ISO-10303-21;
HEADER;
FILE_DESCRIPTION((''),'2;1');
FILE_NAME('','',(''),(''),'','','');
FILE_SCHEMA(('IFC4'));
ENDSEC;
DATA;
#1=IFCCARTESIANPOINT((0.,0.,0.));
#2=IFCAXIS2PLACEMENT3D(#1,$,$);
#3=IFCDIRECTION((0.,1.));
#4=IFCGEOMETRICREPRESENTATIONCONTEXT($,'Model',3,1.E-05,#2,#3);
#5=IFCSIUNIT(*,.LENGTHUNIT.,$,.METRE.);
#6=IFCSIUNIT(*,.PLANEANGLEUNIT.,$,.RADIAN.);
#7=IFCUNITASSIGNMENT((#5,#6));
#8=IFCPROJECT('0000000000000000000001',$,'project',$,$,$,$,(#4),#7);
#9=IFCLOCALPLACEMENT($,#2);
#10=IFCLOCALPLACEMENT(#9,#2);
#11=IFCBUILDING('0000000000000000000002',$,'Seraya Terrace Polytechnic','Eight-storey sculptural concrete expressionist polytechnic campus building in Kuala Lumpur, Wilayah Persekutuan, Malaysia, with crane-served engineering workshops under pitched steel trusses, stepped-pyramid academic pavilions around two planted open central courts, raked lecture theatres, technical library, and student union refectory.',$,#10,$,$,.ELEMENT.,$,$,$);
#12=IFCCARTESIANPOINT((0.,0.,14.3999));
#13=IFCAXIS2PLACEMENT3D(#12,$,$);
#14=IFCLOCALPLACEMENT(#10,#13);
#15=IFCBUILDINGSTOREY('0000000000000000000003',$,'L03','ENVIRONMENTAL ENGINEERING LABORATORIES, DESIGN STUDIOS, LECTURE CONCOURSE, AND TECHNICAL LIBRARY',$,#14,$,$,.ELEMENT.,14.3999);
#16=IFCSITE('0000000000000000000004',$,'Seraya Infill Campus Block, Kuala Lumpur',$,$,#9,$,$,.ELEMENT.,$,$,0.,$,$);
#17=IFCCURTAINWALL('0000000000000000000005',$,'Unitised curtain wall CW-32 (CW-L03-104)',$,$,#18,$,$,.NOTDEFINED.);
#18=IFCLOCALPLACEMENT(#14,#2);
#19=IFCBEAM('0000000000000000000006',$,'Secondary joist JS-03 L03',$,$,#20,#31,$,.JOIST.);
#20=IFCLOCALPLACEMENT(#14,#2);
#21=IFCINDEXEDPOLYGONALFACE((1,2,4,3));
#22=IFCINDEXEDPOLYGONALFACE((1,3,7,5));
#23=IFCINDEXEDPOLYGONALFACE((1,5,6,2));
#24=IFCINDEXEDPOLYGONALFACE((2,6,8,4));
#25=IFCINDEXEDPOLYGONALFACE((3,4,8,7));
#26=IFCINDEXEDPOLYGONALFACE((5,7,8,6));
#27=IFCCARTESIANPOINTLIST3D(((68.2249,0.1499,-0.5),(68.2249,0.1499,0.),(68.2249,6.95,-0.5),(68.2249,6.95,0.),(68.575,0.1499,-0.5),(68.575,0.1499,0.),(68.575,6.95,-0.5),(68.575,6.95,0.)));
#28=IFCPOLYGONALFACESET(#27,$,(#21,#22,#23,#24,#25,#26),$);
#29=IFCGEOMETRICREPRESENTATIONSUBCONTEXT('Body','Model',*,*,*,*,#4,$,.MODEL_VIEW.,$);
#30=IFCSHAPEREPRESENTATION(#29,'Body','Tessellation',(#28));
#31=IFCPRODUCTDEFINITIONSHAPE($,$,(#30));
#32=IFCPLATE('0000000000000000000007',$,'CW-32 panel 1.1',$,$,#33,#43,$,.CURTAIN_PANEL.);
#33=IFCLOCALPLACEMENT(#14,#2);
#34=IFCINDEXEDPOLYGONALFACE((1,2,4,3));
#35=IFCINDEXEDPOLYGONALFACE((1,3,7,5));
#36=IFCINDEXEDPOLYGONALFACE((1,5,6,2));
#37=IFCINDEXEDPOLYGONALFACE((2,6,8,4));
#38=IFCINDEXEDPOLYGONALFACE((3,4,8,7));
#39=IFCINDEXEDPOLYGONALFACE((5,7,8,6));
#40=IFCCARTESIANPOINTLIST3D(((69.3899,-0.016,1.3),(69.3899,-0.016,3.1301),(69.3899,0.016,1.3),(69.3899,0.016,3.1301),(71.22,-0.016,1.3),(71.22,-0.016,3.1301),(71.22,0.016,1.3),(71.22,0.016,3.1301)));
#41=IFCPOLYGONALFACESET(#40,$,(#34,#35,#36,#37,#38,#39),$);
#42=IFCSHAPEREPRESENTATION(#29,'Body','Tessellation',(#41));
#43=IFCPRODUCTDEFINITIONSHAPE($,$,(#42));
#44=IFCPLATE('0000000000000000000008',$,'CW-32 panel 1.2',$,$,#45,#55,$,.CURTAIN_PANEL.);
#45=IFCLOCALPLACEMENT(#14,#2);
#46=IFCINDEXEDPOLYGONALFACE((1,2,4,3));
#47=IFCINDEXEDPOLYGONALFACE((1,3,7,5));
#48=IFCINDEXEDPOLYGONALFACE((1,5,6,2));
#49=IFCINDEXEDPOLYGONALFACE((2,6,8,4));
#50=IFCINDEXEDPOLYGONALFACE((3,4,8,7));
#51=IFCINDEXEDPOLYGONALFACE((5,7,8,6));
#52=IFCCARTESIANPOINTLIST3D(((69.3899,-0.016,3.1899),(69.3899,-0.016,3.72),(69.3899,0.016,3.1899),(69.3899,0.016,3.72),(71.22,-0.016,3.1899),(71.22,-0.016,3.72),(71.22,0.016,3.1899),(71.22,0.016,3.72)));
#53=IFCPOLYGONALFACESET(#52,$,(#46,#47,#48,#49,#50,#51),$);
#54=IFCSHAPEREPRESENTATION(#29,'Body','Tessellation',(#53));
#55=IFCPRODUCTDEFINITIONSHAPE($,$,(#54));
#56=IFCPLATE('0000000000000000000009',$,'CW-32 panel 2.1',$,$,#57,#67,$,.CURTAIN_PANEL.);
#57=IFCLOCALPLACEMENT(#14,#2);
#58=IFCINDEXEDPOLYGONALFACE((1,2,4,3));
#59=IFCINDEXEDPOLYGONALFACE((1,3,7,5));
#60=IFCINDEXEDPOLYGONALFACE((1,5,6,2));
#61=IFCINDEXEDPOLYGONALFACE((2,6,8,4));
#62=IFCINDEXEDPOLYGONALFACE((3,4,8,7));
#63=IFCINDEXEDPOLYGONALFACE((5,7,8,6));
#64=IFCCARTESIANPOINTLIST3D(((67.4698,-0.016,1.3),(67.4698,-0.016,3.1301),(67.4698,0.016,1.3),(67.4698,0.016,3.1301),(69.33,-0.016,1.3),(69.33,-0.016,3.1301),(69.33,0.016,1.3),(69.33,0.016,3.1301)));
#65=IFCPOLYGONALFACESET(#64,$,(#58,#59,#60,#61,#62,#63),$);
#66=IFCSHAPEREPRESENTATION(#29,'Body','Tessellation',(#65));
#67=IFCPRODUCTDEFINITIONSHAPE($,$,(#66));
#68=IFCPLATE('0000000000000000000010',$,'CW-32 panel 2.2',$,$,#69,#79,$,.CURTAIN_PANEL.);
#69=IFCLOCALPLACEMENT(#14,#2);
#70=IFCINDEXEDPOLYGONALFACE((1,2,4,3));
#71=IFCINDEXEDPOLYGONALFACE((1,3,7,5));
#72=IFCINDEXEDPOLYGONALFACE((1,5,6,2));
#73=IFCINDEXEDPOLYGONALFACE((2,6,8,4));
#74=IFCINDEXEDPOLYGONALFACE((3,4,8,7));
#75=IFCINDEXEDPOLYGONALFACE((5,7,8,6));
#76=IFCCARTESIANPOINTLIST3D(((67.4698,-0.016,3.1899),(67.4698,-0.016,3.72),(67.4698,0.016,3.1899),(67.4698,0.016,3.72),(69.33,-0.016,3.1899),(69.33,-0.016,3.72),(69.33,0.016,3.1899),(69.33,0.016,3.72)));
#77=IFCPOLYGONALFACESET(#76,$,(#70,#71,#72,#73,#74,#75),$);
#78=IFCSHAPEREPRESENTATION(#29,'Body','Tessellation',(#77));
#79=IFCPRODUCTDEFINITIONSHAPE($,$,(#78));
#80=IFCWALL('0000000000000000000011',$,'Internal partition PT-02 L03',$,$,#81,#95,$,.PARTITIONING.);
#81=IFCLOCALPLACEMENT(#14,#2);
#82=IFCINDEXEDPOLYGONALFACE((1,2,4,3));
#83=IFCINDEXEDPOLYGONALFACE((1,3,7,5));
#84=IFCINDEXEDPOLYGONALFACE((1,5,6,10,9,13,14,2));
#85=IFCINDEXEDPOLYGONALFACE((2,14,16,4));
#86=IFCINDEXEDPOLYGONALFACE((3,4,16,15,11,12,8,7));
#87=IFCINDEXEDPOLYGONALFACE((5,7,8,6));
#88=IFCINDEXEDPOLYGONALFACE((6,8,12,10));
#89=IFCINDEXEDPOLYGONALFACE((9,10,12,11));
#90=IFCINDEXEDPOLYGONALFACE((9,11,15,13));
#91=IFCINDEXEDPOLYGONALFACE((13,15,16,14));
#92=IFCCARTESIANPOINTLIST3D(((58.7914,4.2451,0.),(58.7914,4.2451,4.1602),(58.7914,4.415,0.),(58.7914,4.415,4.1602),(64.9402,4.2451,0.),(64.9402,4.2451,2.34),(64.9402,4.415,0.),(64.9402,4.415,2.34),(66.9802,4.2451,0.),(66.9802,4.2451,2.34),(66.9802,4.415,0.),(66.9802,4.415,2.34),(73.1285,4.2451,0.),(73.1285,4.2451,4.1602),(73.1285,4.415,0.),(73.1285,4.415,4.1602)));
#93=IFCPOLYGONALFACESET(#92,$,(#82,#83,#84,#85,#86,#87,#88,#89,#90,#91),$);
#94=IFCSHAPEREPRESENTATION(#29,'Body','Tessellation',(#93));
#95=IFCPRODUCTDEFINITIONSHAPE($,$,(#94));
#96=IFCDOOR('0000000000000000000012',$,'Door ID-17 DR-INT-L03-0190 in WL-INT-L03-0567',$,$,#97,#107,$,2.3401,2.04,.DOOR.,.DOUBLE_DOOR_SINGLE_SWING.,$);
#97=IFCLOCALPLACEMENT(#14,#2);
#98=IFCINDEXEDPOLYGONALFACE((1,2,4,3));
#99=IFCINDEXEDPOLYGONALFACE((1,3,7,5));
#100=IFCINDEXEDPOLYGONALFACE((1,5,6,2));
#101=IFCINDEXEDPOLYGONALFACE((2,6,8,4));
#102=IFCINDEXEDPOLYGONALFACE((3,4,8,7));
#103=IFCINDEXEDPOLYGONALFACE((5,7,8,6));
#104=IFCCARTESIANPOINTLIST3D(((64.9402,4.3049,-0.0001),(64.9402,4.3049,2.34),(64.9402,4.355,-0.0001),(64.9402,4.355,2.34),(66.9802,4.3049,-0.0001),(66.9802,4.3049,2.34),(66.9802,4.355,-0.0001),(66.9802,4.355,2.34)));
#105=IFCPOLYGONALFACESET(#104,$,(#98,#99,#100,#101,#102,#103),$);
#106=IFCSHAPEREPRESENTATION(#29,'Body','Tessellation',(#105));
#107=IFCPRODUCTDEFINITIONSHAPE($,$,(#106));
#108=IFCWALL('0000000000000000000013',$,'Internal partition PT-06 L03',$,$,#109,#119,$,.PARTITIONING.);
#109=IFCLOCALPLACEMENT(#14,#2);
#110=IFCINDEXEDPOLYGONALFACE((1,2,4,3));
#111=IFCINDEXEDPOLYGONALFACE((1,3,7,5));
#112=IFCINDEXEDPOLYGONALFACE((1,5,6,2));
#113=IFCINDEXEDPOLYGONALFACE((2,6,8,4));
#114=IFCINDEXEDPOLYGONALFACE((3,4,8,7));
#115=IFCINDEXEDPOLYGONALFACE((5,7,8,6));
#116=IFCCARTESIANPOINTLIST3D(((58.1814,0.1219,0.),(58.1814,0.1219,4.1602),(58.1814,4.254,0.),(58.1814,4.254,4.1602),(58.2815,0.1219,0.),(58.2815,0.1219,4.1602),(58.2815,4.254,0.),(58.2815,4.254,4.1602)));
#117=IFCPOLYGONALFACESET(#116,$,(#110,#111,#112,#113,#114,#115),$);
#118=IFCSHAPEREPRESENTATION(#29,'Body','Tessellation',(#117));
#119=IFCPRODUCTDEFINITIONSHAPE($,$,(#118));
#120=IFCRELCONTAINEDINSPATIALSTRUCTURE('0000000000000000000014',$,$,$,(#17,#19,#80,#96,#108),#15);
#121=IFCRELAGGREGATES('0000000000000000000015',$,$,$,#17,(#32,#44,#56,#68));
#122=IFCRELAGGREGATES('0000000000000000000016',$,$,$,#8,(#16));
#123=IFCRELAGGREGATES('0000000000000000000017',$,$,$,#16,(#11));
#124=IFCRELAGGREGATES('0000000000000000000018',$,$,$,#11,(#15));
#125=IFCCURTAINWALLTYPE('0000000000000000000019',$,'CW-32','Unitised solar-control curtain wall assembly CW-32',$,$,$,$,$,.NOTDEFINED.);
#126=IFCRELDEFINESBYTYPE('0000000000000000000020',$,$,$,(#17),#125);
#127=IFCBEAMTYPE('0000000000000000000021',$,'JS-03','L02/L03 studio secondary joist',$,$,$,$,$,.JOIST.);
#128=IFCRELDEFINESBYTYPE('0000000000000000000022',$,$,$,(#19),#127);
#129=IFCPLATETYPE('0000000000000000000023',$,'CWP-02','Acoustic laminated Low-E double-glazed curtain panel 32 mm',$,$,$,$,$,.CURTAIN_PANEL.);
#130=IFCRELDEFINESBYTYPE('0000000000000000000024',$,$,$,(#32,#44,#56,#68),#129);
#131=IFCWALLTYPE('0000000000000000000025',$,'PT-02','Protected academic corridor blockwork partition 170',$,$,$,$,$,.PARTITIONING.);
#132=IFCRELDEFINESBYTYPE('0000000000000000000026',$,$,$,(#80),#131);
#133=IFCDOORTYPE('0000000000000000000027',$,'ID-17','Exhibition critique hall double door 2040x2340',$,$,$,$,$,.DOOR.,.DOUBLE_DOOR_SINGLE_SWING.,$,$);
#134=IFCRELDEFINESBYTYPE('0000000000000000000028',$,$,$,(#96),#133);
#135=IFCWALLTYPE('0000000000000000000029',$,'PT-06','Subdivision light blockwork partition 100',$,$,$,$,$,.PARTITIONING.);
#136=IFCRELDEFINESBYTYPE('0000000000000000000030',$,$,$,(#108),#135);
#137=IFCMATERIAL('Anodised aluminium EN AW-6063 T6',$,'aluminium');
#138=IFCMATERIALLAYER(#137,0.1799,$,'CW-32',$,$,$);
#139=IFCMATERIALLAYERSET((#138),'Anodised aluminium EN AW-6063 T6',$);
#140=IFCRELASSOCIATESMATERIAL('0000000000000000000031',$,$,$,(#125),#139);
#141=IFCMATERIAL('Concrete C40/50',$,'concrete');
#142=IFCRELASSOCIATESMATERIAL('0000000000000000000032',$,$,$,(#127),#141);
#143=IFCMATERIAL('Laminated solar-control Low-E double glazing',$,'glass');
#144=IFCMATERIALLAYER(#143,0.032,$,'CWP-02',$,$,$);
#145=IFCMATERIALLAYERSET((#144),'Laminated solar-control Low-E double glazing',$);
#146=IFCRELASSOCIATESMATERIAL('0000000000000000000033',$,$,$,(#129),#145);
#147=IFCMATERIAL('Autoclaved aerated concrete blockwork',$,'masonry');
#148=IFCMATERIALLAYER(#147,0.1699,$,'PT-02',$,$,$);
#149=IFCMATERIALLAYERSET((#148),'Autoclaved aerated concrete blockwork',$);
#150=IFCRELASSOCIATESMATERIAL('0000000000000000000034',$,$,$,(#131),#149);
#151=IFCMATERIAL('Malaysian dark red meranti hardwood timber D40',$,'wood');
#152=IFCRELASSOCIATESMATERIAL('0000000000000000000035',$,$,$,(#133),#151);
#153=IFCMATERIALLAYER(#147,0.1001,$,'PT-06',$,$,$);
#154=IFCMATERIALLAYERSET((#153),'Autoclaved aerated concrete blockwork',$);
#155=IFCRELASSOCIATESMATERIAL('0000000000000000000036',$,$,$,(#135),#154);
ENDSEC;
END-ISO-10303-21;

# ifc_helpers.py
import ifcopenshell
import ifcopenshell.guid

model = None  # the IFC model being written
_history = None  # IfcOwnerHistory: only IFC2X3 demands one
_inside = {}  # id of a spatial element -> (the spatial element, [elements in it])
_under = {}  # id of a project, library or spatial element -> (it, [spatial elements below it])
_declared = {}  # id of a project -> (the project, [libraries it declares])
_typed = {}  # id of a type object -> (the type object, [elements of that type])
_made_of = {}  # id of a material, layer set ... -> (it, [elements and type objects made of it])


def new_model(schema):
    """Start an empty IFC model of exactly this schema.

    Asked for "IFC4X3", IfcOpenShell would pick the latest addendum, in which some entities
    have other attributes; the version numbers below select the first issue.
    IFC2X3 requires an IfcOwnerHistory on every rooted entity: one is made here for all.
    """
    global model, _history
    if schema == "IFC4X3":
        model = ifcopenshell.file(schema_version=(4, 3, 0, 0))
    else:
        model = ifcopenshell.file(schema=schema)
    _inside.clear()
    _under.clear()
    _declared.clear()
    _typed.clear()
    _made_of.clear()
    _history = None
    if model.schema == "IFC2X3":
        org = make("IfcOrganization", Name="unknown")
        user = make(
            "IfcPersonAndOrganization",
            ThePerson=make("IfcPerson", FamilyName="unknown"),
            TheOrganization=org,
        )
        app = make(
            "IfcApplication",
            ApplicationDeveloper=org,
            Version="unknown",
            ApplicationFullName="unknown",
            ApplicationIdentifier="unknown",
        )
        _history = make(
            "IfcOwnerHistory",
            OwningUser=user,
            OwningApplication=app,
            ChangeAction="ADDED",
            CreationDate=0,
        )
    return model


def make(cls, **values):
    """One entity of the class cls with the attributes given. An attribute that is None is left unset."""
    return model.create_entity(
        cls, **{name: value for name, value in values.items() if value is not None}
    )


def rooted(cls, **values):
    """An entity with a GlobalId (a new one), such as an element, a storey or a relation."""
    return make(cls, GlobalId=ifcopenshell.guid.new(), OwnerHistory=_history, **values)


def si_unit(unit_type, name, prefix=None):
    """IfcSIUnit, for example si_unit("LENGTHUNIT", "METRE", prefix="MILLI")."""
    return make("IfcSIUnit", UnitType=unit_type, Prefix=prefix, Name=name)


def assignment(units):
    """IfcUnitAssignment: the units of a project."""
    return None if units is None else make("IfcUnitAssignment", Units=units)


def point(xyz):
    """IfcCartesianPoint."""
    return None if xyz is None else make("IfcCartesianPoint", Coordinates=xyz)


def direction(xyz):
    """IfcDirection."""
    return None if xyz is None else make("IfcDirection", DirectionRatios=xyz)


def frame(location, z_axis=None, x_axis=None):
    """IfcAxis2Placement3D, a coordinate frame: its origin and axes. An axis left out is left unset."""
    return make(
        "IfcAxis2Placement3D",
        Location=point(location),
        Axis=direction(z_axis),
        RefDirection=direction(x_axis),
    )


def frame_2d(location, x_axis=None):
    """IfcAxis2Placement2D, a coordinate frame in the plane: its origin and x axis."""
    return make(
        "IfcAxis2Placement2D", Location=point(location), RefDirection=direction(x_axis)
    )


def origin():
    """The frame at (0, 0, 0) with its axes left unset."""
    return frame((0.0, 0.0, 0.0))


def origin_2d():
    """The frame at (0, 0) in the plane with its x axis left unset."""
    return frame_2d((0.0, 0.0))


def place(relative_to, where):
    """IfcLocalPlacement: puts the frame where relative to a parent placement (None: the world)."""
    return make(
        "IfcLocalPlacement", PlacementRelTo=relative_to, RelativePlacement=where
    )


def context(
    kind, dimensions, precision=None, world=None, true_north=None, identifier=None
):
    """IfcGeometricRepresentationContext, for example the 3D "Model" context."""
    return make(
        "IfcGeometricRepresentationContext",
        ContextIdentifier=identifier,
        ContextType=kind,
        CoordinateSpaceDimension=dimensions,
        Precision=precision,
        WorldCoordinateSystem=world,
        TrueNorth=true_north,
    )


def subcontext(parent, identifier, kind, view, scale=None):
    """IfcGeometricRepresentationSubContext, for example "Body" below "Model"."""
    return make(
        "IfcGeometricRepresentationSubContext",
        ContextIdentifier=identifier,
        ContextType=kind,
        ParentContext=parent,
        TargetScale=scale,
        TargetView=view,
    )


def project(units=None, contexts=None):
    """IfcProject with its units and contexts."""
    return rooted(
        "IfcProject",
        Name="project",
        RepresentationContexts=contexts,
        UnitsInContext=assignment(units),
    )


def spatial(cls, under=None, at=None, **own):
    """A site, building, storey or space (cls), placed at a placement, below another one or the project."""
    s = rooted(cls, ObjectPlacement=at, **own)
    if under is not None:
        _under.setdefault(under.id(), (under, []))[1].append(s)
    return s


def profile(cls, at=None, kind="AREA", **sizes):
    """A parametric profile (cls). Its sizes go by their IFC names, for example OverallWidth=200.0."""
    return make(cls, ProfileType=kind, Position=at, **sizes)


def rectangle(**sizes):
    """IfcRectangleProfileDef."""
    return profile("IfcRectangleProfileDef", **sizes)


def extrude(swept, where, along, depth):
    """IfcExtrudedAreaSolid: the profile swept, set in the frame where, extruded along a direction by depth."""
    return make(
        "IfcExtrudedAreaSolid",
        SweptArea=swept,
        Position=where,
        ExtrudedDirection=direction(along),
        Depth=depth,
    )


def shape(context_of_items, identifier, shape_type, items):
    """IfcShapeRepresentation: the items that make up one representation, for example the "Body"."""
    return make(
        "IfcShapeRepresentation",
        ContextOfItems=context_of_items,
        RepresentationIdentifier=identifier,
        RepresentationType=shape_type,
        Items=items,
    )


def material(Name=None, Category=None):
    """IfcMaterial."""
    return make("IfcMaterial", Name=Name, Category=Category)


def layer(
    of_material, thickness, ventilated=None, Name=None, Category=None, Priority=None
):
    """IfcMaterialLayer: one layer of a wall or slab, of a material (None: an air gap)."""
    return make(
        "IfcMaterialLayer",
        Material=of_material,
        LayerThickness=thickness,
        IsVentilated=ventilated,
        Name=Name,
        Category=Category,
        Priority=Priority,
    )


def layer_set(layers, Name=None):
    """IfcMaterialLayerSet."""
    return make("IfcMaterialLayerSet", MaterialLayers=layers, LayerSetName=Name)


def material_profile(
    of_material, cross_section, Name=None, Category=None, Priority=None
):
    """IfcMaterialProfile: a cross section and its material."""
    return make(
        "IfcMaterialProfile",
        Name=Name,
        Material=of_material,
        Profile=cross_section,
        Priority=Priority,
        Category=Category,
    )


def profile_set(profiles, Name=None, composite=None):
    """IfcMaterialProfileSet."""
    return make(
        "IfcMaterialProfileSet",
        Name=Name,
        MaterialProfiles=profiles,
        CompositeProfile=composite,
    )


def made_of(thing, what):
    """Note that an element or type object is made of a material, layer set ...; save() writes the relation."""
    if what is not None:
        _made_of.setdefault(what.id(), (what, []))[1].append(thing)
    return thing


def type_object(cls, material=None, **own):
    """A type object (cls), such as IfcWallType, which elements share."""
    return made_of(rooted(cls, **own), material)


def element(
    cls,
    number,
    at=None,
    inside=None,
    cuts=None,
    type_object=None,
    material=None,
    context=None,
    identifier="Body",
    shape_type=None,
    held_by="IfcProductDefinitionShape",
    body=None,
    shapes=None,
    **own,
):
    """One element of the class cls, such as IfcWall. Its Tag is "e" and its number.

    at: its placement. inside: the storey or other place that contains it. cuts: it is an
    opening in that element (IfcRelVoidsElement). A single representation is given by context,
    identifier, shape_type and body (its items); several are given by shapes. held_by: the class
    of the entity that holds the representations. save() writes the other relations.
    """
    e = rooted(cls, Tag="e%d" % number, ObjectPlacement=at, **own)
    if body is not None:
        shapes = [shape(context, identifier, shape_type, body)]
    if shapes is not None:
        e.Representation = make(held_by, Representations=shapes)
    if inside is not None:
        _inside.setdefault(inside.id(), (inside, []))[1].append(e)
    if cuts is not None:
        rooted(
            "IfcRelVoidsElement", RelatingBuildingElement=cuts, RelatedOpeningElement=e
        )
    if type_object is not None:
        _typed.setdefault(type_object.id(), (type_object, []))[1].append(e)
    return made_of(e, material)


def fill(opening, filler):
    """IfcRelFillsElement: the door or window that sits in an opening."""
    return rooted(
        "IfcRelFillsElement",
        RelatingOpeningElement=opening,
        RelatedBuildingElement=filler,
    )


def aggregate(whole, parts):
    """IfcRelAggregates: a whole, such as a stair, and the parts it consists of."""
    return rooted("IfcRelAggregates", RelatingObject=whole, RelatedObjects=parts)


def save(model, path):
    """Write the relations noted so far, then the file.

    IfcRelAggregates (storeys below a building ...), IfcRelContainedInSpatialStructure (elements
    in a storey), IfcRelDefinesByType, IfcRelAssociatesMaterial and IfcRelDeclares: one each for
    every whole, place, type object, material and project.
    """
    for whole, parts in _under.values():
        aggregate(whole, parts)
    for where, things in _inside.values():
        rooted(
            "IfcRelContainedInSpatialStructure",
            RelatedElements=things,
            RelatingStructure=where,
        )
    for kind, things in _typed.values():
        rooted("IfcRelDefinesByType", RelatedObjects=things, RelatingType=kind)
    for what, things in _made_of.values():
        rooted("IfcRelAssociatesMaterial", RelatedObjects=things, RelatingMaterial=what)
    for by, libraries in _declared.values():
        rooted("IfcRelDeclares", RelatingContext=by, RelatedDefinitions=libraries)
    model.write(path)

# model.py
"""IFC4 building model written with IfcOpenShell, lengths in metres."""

from ifc_helpers import new_model, si_unit, direction, frame, frame_2d, origin, origin_2d, place, context, subcontext, project, spatial, rectangle, extrude, material, layer, layer_set, material_profile, profile_set, type_object, element, fill, aggregate, save


model = new_model("IFC4")

# Units and contexts
model_context = context("Model", 3, precision=1e-05, world=origin(), true_north=direction((0.0, 1.0)))
body_context = subcontext(model_context, "Body", "Model", "MODEL_VIEW")
ifc_project = project(units=[si_unit("LENGTHUNIT", "METRE"), si_unit("PLANEANGLEUNIT", "RADIAN")], contexts=[model_context])

# Site, building, storey
site_placement = place(None, origin())
site = spatial("IfcSite", under=ifc_project, at=site_placement, Name="Seraya Infill Campus Block, Kuala Lumpur", CompositionType="ELEMENT", RefElevation=0.0)
building_placement = place(site_placement, origin())
building = spatial("IfcBuilding", under=site, at=building_placement, Name="Seraya Terrace Polytechnic", Description="Eight-storey sculptural concrete expressionist polytechnic campus building in Kuala Lumpur, Wilayah Persekutuan, Malaysia, with crane-served engineering workshops under pitched steel trusses, stepped-pyramid academic pavilions around two planted open central courts, raked lecture theatres, technical library, and student union refectory.", CompositionType="ELEMENT")
storey_placement = place(building_placement, frame((0.0, 0.0, 14.3999)))
storey = spatial("IfcBuildingStorey", under=building, at=storey_placement, Name="L03", Description="ENVIRONMENTAL ENGINEERING LABORATORIES, DESIGN STUDIOS, LECTURE CONCOURSE, AND TECHNICAL LIBRARY", CompositionType="ELEMENT", Elevation=14.3999)

# Shared definitions
ifc_material_1 = material(Name="Concrete C40/50", Category="concrete")

# Curtain wall
ifc_material_2 = material(Name="Anodised aluminium EN AW-6063 T6", Category="aluminium")
ifc_layer_1 = layer(ifc_material_2, 0.1799, Name="CW-32")
ifc_layer_set_1 = layer_set([ifc_layer_1], Name="Anodised aluminium EN AW-6063 T6")
curtain_wall_type = type_object("IfcCurtainWallType", Name="CW-32", Description="Unitised solar-control curtain wall assembly CW-32", PredefinedType="NOTDEFINED", material=ifc_layer_set_1)
curtain_wall_placement = place(storey_placement, origin())
curtain_wall = element("IfcCurtainWall", 1, at=curtain_wall_placement, inside=storey, type_object=curtain_wall_type, Name="Unitised curtain wall CW-32 (CW-L03-104)", PredefinedType="NOTDEFINED")

# Beam
ifc_material_profile_1 = material_profile(ifc_material_1, rectangle(XDim=0.3501, YDim=0.5, at=origin_2d()), Name="RC 350x500")
ifc_profile_set_1 = profile_set([ifc_material_profile_1], Name="Concrete C40/50")
beam_type_1 = type_object("IfcBeamType", Name="JS-03", Description="L02/L03 studio secondary joist", PredefinedType="JOIST", material=ifc_profile_set_1)
beam_1_placement = place(storey_placement, frame((68.3999, 0.1499, -0.25), z_axis=(0.0, 1.0, 0.0), x_axis=(-1.0, 0.0, 0.0)))
element("IfcBeam", 2, at=beam_1_placement, inside=storey, type_object=beam_type_1, Name="Secondary joist JS-03 L03", PredefinedType="JOIST", context=body_context, shape_type="SweptSolid", body=[
    extrude(rectangle(XDim=0.3501, YDim=0.5, at=origin_2d()), origin(), (0.0, 0.0, 1.0), 6.8),
])

# Plates
ifc_material_3 = material(Name="Laminated solar-control Low-E double glazing", Category="glass")
ifc_layer_2 = layer(ifc_material_3, 0.032, Name="CWP-02")
ifc_layer_set_2 = layer_set([ifc_layer_2], Name="Laminated solar-control Low-E double glazing")
plate_type = type_object("IfcPlateType", Name="CWP-02", Description="Acoustic laminated Low-E double-glazed curtain panel 32 mm", PredefinedType="CURTAIN_PANEL", material=ifc_layer_set_2)
plate_1_placement = place(storey_placement, frame((70.3049, 0.0, 1.3), z_axis=(0.0, 0.0, 1.0), x_axis=(-1.0, 0.0, 0.0)))
plate_1 = element("IfcPlate", 3, at=plate_1_placement, type_object=plate_type, Name="CW-32 panel 1.1", PredefinedType="CURTAIN_PANEL", context=body_context, shape_type="SweptSolid", body=[
    extrude(rectangle(XDim=1.8301, YDim=0.032, at=origin_2d()), origin(), (0.0, 0.0, 1.0), 1.8301),
])
plate_2_placement = place(storey_placement, frame((70.3049, 0.0, 3.1899), z_axis=(0.0, 0.0, 1.0), x_axis=(-1.0, 0.0, 0.0)))
plate_2 = element("IfcPlate", 4, at=plate_2_placement, type_object=plate_type, Name="CW-32 panel 1.2", PredefinedType="CURTAIN_PANEL", context=body_context, shape_type="SweptSolid", body=[
    extrude(rectangle(XDim=1.8301, YDim=0.032, at=origin_2d()), origin(), (0.0, 0.0, 1.0), 0.53),
])
plate_3_placement = place(storey_placement, frame((68.3999, 0.0, 1.3), z_axis=(0.0, 0.0, 1.0), x_axis=(-1.0, 0.0, 0.0)))
plate_3 = element("IfcPlate", 5, at=plate_3_placement, type_object=plate_type, Name="CW-32 panel 2.1", PredefinedType="CURTAIN_PANEL", context=body_context, shape_type="SweptSolid", body=[
    extrude(rectangle(XDim=1.8601, YDim=0.032, at=origin_2d()), origin(), (0.0, 0.0, 1.0), 1.8301),
])
plate_4_placement = place(storey_placement, frame((68.3999, 0.0, 3.1899), z_axis=(0.0, 0.0, 1.0), x_axis=(-1.0, 0.0, 0.0)))
plate_4 = element("IfcPlate", 6, at=plate_4_placement, type_object=plate_type, Name="CW-32 panel 2.2", PredefinedType="CURTAIN_PANEL", context=body_context, shape_type="SweptSolid", body=[
    extrude(rectangle(XDim=1.8601, YDim=0.032, at=origin_2d()), origin(), (0.0, 0.0, 1.0), 0.53),
])
aggregate(curtain_wall, [plate_1, plate_2, plate_3, plate_4])

# Wall, opening, door
ifc_material_4 = material(Name="Autoclaved aerated concrete blockwork", Category="masonry")
ifc_layer_3 = layer(ifc_material_4, 0.1699, Name="PT-02")
ifc_layer_set_3 = layer_set([ifc_layer_3], Name="Autoclaved aerated concrete blockwork")
wall_type_1 = type_object("IfcWallType", Name="PT-02", Description="Protected academic corridor blockwork partition 170", PredefinedType="PARTITIONING", material=ifc_layer_set_3)
wall_1_placement = place(storey_placement, frame((58.7915, 4.3301, 0.0), z_axis=(0.0, 0.0, 1.0), x_axis=(1.0, 0.0, 0.0)))
wall_1 = element("IfcWall", 7, at=wall_1_placement, inside=storey, type_object=wall_type_1, Name="Internal partition PT-02 L03", PredefinedType="PARTITIONING", context=body_context, shape_type="SweptSolid", body=[
    extrude(rectangle(XDim=14.3372, YDim=0.1699, at=frame_2d((7.1685, 0.0))), origin(), (0.0, 0.0, 1.0), 4.1602),
])
opening_placement = place(wall_1_placement, frame((6.1487, 0.0, 0.0)))
opening = element("IfcOpeningElement", 8, at=opening_placement, cuts=wall_1, PredefinedType="OPENING", context=body_context, shape_type="SweptSolid", body=[
    extrude(rectangle(XDim=2.04, YDim=2.3401, at=frame_2d((1.02, 1.1699))), frame((0.0, 0.0969, 0.0), z_axis=(0.0, -1.0, 0.0), x_axis=(1.0, 0.0, 0.0)), (0.0, 0.0, 1.0), 0.1938),
])
ifc_material_5 = material(Name="Malaysian dark red meranti hardwood timber D40", Category="wood")
door_type = type_object("IfcDoorType", Name="ID-17", Description="Exhibition critique hall double door 2040x2340", OperationType="DOUBLE_DOOR_SINGLE_SWING", PredefinedType="DOOR", material=ifc_material_5)
door_placement = place(opening_placement, origin())
door = element("IfcDoor", 9, at=door_placement, inside=storey, type_object=door_type, Name="Door ID-17 DR-INT-L03-0190 in WL-INT-L03-0567", OperationType="DOUBLE_DOOR_SINGLE_SWING", OverallHeight=2.3401, OverallWidth=2.04, PredefinedType="DOOR", context=body_context, shape_type="SweptSolid", body=[
    extrude(rectangle(XDim=2.04, YDim=2.3401, at=frame_2d((1.02, 1.1699))), frame((0.0, 0.0249, 0.0), z_axis=(0.0, -1.0, 0.0), x_axis=(1.0, 0.0, 0.0)), (0.0, 0.0, 1.0), 0.05),
])
fill(opening, door)

# Wall
ifc_layer_4 = layer(ifc_material_4, 0.1001, Name="PT-06")
ifc_layer_set_4 = layer_set([ifc_layer_4], Name="Autoclaved aerated concrete blockwork")
wall_type_2 = type_object("IfcWallType", Name="PT-06", Description="Subdivision light blockwork partition 100", PredefinedType="PARTITIONING", material=ifc_layer_set_4)
wall_2_placement = place(storey_placement, frame((58.2314, 0.1221, 0.0), z_axis=(0.0, 0.0, 1.0), x_axis=(0.0, 1.0, 0.0)))
element("IfcWall", 10, at=wall_2_placement, inside=storey, type_object=wall_type_2, Name="Internal partition PT-06 L03", PredefinedType="PARTITIONING", context=body_context, shape_type="SweptSolid", body=[
    extrude(rectangle(XDim=4.1321, YDim=0.1001, at=frame_2d((2.0659, 0.0))), origin(), (0.0, 0.0, 1.0), 4.1602),
])

save(model, "model.ifc")
